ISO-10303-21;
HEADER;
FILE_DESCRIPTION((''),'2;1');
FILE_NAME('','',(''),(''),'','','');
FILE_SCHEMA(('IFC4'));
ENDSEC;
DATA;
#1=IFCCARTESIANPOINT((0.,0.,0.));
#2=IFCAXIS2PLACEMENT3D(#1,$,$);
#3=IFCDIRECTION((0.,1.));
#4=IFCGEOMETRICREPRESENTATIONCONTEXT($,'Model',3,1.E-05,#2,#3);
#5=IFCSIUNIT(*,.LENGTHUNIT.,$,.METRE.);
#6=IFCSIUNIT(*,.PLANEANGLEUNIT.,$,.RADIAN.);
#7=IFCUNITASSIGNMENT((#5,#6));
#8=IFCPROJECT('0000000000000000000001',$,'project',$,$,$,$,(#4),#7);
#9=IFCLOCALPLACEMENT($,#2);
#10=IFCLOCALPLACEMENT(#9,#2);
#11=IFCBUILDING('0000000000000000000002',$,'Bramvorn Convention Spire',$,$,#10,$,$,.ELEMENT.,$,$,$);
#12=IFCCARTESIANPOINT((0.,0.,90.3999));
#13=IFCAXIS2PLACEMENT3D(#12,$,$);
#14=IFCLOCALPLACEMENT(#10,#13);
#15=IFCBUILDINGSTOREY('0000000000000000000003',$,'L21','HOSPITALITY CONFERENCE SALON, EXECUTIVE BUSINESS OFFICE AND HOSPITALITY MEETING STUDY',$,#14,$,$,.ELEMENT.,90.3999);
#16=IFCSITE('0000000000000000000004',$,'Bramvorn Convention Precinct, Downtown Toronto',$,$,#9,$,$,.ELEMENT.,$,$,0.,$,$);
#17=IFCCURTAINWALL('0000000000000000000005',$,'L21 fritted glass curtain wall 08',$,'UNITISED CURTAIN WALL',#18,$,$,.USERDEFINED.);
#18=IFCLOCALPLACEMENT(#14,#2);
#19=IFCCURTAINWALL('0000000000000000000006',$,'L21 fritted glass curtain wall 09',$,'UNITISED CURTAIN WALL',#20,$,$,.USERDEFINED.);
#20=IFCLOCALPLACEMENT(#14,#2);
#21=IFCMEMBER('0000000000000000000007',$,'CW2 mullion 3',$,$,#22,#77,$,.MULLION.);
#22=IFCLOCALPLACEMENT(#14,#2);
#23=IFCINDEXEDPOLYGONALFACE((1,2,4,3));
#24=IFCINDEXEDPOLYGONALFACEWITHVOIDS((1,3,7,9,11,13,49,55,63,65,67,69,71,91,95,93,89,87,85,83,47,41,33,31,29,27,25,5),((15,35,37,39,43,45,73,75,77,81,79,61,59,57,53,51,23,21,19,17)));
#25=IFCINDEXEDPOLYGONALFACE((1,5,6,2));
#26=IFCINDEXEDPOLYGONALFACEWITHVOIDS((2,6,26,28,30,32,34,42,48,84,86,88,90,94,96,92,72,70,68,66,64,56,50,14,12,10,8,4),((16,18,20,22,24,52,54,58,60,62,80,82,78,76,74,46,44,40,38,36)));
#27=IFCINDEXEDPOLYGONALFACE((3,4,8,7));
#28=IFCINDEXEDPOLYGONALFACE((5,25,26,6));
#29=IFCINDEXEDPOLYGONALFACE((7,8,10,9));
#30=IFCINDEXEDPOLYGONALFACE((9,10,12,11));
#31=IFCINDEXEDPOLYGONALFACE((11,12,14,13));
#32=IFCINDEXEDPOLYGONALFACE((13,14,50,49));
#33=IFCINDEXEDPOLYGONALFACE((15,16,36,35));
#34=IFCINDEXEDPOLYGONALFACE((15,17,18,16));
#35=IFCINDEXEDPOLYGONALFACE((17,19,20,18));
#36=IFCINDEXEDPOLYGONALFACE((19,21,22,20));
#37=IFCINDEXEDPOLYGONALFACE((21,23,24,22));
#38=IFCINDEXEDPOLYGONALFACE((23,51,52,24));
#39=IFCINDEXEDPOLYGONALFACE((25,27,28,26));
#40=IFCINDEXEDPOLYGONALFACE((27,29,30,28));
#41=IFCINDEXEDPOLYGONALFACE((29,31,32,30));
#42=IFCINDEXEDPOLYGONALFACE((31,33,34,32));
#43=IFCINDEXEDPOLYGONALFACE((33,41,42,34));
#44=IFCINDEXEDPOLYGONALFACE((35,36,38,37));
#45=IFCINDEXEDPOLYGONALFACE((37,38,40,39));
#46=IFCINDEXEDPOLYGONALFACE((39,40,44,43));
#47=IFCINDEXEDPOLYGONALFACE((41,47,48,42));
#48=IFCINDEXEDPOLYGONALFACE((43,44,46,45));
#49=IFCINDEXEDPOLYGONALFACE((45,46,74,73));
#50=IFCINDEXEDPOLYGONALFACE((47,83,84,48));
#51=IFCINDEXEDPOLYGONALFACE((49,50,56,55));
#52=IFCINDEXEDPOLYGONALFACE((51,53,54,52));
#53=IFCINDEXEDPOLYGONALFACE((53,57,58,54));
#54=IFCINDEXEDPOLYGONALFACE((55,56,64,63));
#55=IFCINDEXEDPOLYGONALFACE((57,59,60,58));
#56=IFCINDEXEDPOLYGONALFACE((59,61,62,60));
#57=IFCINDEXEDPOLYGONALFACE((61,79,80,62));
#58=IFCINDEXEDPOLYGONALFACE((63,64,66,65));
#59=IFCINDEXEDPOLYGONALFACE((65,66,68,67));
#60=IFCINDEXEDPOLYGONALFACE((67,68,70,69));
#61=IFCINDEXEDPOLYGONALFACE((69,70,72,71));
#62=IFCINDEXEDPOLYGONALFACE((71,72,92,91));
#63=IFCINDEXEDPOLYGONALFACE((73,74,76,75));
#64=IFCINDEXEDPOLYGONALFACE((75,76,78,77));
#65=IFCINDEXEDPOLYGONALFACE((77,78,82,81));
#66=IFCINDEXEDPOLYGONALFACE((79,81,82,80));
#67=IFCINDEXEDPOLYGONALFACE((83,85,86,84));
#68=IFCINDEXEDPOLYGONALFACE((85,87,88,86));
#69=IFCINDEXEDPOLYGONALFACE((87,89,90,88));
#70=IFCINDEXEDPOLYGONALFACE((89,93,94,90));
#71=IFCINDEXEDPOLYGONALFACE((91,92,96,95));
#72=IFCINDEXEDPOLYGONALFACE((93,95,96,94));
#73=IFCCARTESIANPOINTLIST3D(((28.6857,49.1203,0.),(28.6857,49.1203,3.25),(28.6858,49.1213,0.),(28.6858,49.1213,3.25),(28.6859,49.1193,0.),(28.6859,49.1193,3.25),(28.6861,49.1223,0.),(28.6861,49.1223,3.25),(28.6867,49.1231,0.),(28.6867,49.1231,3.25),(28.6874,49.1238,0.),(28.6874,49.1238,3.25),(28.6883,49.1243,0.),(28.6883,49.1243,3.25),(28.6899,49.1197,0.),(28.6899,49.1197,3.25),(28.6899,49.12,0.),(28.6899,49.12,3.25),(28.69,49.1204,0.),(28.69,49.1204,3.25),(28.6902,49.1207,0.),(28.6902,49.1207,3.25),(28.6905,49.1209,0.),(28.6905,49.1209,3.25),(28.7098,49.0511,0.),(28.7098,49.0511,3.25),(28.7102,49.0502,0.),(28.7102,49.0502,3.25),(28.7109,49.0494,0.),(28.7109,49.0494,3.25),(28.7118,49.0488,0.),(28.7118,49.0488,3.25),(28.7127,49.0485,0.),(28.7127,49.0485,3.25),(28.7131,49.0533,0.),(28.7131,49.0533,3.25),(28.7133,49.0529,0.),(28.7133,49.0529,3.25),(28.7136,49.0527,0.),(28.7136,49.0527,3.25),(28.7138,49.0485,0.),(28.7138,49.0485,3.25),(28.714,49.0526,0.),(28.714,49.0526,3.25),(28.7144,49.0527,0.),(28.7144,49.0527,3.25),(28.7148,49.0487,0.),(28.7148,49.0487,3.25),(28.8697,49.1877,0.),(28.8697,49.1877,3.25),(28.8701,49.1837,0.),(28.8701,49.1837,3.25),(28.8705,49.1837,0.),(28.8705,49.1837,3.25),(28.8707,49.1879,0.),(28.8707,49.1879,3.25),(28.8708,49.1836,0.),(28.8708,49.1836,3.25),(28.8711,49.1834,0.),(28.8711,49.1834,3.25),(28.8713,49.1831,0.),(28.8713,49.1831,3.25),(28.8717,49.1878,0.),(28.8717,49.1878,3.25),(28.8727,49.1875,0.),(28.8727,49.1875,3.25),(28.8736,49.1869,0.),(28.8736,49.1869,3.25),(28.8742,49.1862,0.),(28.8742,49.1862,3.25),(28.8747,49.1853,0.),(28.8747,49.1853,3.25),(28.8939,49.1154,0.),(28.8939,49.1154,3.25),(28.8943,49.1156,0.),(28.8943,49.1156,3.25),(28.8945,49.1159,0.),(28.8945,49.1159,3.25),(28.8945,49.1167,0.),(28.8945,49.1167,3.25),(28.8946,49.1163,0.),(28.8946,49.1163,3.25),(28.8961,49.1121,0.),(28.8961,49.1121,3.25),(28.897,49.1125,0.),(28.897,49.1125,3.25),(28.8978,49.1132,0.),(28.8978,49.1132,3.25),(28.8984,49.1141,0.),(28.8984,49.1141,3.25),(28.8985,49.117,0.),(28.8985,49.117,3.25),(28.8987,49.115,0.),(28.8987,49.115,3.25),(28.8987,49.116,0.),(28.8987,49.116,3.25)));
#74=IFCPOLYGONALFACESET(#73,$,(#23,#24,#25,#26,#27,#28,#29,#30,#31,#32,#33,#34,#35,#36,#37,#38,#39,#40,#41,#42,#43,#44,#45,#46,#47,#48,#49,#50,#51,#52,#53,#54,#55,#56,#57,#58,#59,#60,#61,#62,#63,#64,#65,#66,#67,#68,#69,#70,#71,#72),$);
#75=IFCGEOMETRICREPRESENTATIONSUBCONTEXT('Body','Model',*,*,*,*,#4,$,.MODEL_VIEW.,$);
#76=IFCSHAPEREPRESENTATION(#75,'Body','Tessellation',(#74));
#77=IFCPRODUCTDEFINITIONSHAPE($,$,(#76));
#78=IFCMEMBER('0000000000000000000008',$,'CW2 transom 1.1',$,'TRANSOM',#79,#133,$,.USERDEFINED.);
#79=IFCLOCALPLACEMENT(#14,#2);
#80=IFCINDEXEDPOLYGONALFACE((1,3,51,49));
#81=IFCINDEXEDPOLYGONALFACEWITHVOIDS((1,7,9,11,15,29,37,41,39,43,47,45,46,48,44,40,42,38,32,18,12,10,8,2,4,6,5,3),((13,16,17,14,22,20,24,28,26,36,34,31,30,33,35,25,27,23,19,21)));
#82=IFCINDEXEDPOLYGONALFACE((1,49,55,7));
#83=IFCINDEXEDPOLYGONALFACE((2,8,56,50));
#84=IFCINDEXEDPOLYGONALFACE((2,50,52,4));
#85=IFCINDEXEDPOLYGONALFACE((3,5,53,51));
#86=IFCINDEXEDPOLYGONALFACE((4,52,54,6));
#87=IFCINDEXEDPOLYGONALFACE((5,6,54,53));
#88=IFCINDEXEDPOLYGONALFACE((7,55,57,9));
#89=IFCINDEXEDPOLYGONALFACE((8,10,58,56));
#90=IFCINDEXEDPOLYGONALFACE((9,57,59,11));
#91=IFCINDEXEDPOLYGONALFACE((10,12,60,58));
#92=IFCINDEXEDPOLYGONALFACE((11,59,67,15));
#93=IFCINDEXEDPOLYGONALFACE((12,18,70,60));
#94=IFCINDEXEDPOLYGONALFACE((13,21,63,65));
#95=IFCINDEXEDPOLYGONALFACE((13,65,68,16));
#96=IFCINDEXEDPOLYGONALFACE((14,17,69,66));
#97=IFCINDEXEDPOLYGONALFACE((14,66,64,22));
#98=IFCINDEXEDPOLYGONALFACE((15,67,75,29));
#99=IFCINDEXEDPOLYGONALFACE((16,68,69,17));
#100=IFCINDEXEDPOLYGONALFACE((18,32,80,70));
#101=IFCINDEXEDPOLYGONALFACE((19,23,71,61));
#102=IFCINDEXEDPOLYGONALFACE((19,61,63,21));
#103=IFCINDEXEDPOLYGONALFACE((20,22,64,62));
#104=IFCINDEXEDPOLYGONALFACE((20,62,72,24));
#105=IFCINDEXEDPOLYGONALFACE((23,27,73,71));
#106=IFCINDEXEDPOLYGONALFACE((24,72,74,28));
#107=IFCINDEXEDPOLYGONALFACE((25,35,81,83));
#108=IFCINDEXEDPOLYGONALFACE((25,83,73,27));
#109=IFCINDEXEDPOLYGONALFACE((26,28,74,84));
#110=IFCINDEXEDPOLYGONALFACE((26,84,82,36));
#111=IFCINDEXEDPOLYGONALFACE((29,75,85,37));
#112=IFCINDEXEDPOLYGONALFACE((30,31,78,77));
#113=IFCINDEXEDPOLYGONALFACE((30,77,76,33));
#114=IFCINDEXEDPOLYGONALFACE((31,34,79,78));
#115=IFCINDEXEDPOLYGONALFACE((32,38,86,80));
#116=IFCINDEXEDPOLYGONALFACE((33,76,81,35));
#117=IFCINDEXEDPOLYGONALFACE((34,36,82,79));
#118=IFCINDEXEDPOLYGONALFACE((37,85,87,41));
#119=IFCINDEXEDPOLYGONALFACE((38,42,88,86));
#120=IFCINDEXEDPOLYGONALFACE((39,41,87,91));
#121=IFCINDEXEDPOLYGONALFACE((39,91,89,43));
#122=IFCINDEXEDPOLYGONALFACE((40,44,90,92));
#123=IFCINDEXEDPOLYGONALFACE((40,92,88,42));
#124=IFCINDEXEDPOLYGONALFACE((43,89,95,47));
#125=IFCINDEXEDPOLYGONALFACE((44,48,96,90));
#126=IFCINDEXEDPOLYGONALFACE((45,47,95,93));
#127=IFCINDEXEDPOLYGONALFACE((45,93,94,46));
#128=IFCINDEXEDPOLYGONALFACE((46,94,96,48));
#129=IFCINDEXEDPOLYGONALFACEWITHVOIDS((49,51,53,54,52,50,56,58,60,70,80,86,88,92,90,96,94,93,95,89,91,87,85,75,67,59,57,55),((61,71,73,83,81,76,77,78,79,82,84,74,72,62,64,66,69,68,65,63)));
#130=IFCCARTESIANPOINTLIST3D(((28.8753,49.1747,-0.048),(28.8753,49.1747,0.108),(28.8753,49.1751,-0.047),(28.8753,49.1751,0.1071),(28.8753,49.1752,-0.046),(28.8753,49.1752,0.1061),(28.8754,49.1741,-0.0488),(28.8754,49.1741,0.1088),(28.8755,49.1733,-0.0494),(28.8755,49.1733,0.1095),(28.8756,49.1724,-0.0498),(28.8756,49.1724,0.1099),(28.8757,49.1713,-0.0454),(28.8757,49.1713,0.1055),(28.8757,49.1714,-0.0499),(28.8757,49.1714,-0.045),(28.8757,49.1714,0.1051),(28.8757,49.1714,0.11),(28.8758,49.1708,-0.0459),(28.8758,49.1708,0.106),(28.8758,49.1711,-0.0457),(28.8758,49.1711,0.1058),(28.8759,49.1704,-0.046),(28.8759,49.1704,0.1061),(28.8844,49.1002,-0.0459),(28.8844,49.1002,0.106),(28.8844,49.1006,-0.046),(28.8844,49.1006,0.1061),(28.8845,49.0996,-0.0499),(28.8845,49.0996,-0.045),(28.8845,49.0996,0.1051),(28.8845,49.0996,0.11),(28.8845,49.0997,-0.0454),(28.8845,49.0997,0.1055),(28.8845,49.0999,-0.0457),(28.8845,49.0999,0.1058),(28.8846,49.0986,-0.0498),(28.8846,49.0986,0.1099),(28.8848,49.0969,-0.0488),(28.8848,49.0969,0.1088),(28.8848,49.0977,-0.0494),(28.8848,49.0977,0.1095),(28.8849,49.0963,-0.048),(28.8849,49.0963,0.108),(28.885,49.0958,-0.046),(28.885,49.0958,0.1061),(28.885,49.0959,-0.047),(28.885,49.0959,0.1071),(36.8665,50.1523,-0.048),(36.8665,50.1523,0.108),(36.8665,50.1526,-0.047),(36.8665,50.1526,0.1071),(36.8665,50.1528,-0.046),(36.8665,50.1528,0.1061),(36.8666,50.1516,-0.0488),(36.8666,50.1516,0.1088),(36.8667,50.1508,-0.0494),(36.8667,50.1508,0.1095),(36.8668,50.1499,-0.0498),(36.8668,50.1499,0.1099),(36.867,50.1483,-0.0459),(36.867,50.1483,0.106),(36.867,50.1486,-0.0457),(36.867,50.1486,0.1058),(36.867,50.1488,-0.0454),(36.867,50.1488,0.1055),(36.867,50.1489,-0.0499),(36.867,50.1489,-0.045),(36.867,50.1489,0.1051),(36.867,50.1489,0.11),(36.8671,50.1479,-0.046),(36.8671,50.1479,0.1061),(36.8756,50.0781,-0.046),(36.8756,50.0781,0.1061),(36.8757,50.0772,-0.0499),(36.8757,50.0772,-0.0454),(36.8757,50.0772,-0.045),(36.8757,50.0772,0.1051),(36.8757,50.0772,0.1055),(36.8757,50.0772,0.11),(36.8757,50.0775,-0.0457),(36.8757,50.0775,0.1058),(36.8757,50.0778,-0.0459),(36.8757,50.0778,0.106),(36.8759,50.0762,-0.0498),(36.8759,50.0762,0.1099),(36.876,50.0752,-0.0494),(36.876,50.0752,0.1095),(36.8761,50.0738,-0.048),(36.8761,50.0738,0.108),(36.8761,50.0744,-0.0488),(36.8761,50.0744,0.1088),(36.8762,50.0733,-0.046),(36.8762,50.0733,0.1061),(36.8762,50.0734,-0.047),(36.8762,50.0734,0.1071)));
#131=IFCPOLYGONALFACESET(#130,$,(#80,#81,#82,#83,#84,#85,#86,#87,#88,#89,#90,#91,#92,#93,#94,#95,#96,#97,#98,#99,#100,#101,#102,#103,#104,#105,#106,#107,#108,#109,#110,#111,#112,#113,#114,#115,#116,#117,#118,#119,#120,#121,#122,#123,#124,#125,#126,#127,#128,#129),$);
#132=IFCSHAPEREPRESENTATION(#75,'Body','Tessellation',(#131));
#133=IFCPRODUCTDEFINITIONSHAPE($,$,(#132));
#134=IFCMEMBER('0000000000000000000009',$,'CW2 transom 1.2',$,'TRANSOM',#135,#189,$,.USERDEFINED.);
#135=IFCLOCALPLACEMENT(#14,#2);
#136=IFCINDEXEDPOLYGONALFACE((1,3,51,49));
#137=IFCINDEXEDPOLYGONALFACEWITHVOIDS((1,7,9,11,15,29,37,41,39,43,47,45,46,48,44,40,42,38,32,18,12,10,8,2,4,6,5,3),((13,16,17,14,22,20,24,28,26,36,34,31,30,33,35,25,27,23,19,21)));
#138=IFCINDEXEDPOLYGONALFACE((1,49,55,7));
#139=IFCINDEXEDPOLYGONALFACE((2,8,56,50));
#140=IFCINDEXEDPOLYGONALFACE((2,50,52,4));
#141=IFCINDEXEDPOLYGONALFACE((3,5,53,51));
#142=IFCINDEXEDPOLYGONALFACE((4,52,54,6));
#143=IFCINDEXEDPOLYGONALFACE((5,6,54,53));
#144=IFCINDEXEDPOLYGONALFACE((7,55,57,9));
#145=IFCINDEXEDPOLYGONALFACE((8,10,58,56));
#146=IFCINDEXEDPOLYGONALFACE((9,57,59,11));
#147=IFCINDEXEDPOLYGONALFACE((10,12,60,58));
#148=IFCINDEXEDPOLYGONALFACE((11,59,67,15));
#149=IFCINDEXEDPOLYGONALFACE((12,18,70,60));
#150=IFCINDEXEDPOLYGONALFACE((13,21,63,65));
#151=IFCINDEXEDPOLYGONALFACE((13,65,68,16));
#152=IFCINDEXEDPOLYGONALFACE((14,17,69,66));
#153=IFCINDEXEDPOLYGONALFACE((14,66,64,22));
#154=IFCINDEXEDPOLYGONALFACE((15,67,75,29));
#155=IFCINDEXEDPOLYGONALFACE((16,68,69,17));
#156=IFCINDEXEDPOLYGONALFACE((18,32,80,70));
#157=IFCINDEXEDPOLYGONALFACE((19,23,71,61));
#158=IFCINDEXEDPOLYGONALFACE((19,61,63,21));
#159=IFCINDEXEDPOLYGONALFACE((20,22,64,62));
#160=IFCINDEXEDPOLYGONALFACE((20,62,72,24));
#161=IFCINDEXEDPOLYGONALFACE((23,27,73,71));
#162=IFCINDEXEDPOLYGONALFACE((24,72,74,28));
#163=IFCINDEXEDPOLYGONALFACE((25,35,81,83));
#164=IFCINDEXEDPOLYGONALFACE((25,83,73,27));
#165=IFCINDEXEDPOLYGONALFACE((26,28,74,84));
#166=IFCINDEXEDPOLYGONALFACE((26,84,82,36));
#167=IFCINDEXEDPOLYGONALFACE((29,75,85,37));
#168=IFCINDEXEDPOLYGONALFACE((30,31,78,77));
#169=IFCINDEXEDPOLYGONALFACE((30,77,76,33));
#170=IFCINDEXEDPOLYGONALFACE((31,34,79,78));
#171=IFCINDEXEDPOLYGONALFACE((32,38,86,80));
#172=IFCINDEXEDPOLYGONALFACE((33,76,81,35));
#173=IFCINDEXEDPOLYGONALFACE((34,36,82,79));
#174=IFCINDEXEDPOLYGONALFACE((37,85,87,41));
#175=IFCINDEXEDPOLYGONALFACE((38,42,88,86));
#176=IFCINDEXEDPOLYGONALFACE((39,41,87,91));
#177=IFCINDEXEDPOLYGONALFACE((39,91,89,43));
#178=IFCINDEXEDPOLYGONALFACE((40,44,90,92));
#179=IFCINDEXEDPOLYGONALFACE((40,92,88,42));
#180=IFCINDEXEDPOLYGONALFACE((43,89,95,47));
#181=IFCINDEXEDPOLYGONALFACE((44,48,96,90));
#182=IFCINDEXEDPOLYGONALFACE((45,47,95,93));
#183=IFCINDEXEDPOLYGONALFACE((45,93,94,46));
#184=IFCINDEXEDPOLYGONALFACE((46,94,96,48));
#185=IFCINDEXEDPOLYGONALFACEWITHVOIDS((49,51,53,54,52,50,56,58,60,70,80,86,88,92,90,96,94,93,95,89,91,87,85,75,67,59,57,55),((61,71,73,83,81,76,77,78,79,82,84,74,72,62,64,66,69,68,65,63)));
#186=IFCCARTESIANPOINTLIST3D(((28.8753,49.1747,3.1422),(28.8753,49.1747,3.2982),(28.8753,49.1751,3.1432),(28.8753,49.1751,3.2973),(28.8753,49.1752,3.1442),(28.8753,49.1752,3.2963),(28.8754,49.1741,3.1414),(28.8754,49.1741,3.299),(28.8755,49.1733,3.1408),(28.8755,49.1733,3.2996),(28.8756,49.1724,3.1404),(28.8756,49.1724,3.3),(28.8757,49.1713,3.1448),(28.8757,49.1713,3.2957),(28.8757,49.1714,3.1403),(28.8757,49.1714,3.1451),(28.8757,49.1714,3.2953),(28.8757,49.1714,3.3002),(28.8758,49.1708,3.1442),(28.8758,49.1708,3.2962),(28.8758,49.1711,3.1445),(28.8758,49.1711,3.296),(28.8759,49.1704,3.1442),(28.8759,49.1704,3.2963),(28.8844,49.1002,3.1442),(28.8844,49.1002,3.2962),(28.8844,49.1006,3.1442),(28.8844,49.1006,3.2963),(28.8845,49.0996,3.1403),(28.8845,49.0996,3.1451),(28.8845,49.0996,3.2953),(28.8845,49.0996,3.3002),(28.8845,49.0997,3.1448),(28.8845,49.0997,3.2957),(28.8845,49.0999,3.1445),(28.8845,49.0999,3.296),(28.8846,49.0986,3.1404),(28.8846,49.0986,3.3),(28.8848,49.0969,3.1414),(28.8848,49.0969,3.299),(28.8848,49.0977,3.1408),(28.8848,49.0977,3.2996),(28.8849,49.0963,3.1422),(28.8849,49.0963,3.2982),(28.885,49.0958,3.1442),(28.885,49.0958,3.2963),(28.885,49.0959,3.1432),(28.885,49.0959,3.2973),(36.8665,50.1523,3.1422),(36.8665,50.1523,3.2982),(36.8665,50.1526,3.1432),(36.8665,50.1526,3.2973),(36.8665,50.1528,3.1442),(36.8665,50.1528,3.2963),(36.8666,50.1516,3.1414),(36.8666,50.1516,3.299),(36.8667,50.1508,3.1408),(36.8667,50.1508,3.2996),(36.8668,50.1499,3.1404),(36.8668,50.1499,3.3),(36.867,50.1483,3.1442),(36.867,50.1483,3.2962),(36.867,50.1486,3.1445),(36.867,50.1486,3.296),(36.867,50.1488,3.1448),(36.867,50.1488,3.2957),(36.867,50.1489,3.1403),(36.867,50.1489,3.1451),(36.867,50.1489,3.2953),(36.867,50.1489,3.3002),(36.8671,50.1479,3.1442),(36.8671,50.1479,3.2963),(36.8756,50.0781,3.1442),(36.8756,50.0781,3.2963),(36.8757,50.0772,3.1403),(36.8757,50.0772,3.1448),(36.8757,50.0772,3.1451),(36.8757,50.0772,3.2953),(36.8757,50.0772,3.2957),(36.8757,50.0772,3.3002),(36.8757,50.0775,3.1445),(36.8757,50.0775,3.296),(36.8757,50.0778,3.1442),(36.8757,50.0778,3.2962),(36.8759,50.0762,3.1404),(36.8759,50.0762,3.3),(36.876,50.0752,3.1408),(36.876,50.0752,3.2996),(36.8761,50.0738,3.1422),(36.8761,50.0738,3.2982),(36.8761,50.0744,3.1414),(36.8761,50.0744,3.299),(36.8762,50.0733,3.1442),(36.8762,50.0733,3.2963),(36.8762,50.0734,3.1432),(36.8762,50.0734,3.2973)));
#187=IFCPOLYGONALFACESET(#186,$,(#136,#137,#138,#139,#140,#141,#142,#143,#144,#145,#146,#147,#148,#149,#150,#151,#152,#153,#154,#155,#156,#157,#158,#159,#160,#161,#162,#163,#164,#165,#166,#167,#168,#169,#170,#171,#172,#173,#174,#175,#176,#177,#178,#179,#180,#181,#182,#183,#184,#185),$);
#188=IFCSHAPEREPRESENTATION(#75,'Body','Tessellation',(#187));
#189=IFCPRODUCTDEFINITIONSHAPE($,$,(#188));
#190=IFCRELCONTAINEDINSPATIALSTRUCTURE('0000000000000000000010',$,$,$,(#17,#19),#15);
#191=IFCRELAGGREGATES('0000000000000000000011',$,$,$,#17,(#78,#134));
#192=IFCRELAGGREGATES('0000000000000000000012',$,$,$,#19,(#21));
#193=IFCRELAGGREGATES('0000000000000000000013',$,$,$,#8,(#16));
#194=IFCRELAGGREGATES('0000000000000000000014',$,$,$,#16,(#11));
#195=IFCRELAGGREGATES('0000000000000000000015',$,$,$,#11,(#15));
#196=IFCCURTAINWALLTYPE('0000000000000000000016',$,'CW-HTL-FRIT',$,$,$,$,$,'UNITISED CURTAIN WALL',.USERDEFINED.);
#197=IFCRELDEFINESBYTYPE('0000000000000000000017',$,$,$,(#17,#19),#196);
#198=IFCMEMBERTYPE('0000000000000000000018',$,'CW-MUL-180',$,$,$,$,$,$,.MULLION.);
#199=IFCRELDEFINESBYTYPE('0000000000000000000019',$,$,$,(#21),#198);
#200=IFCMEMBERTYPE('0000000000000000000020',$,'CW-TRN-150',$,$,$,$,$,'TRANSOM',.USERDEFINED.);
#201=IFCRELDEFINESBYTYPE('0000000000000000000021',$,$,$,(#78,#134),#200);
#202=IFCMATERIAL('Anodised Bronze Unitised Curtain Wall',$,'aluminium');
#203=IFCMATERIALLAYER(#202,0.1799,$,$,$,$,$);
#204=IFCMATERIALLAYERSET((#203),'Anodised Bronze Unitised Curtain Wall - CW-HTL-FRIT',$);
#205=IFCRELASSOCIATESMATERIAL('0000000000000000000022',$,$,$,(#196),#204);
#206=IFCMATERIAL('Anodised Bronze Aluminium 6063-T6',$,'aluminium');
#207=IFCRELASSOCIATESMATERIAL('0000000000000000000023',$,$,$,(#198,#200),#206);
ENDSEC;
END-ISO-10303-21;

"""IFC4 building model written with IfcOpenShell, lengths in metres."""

from ifc_helpers import new_model, si_unit, direction, frame, origin, origin_2d, place, context, subcontext, project, spatial, hollow_rectangle, extrude, material, layer, layer_set, material_profile, profile_set, type_object, element, aggregate, save


model = new_model("IFC4")

# Units and contexts
model_context = context("Model", 3, precision=1e-05, world=origin(), true_north=direction((0.0, 1.0)))
body_context = subcontext(model_context, "Body", "Model", "MODEL_VIEW")
ifc_project = project(units=[si_unit("LENGTHUNIT", "METRE"), si_unit("PLANEANGLEUNIT", "RADIAN")], contexts=[model_context])

# Site, building, storey
site_placement = place(None, origin())
site = spatial("IfcSite", under=ifc_project, at=site_placement, Name="Bramvorn Convention Precinct, Downtown Toronto", CompositionType="ELEMENT", RefElevation=0.0)
building_placement = place(site_placement, origin())
building = spatial("IfcBuilding", under=site, at=building_placement, Name="Bramvorn Convention Spire", CompositionType="ELEMENT")
storey_placement = place(building_placement, frame((0.0, 0.0, 90.3999)))
storey = spatial("IfcBuildingStorey", under=building, at=storey_placement, Name="L21", Description="HOSPITALITY CONFERENCE SALON, EXECUTIVE BUSINESS OFFICE AND HOSPITALITY MEETING STUDY", CompositionType="ELEMENT", Elevation=90.3999)

# Curtain walls, member
ifc_material_1 = material(Name="Anodised Bronze Unitised Curtain Wall", Category="aluminium")
ifc_layer_1 = layer(ifc_material_1, 0.1799)
ifc_layer_set_1 = layer_set([ifc_layer_1], Name="Anodised Bronze Unitised Curtain Wall - CW-HTL-FRIT")
curtain_wall_type = type_object("IfcCurtainWallType", Name="CW-HTL-FRIT", ElementType="UNITISED CURTAIN WALL", PredefinedType="USERDEFINED", material=ifc_layer_set_1)
curtain_wall_1_placement = place(storey_placement, origin())
curtain_wall_1 = element("IfcCurtainWall", 1, at=curtain_wall_1_placement, inside=storey, type_object=curtain_wall_type, Name="L21 fritted glass curtain wall 08", ObjectType="UNITISED CURTAIN WALL", PredefinedType="USERDEFINED")
ifc_material_2 = material(Name="Anodised Bronze Aluminium 6063-T6", Category="aluminium")
ifc_material_profile_1 = material_profile(ifc_material_2, hollow_rectangle(XDim=0.0801, YDim=0.2, WallThickness=0.0039, InnerFilletRadius=0.001, OuterFilletRadius=0.0039, at=origin_2d()))
ifc_profile_set_1 = profile_set([ifc_material_profile_1], Name="Anodised Bronze Aluminium 6063-T6 - CWM80X200")
member_type_1 = type_object("IfcMemberType", Name="CW-MUL-180", PredefinedType="MULLION", material=ifc_profile_set_1)
curtain_wall_2_placement = place(storey_placement, origin())
curtain_wall_2 = element("IfcCurtainWall", 2, at=curtain_wall_2_placement, inside=storey, type_object=curtain_wall_type, Name="L21 fritted glass curtain wall 09", ObjectType="UNITISED CURTAIN WALL", PredefinedType="USERDEFINED")
member_1_placement = place(storey_placement, frame((28.7922, 49.1182, 0.0), z_axis=(0.0, 0.0, 1.0), x_axis=(-0.329973, 0.94399, 0.0)))
member_1 = element("IfcMember", 3, at=member_1_placement, type_object=member_type_1, Name="CW2 mullion 3", PredefinedType="MULLION", context=body_context, shape_type="SweptSolid", body=[
    extrude(hollow_rectangle(XDim=0.0801, YDim=0.2, WallThickness=0.0039, InnerFilletRadius=0.001, OuterFilletRadius=0.0039, at=origin_2d()), origin(), (0.0, 0.0, 1.0), 3.25),
])

# Members
ifc_material_profile_2 = material_profile(ifc_material_2, hollow_rectangle(XDim=0.0801, YDim=0.1599, WallThickness=0.0039, InnerFilletRadius=0.001, OuterFilletRadius=0.0039, at=origin_2d()))
ifc_profile_set_2 = profile_set([ifc_material_profile_2], Name="Anodised Bronze Aluminium 6063-T6 - CWT80X160")
member_type_2 = type_object("IfcMemberType", Name="CW-TRN-150", ElementType="TRANSOM", PredefinedType="USERDEFINED", material=ifc_profile_set_2)
member_2_placement = place(storey_placement, frame((28.8801, 49.1355, 0.03), z_axis=(0.992601, 0.121422, 0.0), x_axis=(-0.121422, 0.992601, 0.0)))
member_2 = element("IfcMember", 4, at=member_2_placement, type_object=member_type_2, Name="CW2 transom 1.1", ObjectType="TRANSOM", PredefinedType="USERDEFINED", context=body_context, shape_type="SweptSolid", body=[
    extrude(hollow_rectangle(XDim=0.0801, YDim=0.1599, WallThickness=0.0039, InnerFilletRadius=0.001, OuterFilletRadius=0.0039, at=origin_2d()), origin(), (0.0, 0.0, 1.0), 8.0508),
])
member_3_placement = place(storey_placement, frame((28.8801, 49.1355, 3.2202), z_axis=(0.992601, 0.121422, 0.0), x_axis=(-0.121422, 0.992601, 0.0)))
member_3 = element("IfcMember", 5, at=member_3_placement, type_object=member_type_2, Name="CW2 transom 1.2", ObjectType="TRANSOM", PredefinedType="USERDEFINED", context=body_context, shape_type="SweptSolid", body=[
    extrude(hollow_rectangle(XDim=0.0801, YDim=0.1599, WallThickness=0.0039, InnerFilletRadius=0.001, OuterFilletRadius=0.0039, at=origin_2d()), origin(), (0.0, 0.0, 1.0), 8.0508),
])

aggregate(curtain_wall_1, [member_2, member_3])
aggregate(curtain_wall_2, [member_1])

save(model, "model.ifc")
